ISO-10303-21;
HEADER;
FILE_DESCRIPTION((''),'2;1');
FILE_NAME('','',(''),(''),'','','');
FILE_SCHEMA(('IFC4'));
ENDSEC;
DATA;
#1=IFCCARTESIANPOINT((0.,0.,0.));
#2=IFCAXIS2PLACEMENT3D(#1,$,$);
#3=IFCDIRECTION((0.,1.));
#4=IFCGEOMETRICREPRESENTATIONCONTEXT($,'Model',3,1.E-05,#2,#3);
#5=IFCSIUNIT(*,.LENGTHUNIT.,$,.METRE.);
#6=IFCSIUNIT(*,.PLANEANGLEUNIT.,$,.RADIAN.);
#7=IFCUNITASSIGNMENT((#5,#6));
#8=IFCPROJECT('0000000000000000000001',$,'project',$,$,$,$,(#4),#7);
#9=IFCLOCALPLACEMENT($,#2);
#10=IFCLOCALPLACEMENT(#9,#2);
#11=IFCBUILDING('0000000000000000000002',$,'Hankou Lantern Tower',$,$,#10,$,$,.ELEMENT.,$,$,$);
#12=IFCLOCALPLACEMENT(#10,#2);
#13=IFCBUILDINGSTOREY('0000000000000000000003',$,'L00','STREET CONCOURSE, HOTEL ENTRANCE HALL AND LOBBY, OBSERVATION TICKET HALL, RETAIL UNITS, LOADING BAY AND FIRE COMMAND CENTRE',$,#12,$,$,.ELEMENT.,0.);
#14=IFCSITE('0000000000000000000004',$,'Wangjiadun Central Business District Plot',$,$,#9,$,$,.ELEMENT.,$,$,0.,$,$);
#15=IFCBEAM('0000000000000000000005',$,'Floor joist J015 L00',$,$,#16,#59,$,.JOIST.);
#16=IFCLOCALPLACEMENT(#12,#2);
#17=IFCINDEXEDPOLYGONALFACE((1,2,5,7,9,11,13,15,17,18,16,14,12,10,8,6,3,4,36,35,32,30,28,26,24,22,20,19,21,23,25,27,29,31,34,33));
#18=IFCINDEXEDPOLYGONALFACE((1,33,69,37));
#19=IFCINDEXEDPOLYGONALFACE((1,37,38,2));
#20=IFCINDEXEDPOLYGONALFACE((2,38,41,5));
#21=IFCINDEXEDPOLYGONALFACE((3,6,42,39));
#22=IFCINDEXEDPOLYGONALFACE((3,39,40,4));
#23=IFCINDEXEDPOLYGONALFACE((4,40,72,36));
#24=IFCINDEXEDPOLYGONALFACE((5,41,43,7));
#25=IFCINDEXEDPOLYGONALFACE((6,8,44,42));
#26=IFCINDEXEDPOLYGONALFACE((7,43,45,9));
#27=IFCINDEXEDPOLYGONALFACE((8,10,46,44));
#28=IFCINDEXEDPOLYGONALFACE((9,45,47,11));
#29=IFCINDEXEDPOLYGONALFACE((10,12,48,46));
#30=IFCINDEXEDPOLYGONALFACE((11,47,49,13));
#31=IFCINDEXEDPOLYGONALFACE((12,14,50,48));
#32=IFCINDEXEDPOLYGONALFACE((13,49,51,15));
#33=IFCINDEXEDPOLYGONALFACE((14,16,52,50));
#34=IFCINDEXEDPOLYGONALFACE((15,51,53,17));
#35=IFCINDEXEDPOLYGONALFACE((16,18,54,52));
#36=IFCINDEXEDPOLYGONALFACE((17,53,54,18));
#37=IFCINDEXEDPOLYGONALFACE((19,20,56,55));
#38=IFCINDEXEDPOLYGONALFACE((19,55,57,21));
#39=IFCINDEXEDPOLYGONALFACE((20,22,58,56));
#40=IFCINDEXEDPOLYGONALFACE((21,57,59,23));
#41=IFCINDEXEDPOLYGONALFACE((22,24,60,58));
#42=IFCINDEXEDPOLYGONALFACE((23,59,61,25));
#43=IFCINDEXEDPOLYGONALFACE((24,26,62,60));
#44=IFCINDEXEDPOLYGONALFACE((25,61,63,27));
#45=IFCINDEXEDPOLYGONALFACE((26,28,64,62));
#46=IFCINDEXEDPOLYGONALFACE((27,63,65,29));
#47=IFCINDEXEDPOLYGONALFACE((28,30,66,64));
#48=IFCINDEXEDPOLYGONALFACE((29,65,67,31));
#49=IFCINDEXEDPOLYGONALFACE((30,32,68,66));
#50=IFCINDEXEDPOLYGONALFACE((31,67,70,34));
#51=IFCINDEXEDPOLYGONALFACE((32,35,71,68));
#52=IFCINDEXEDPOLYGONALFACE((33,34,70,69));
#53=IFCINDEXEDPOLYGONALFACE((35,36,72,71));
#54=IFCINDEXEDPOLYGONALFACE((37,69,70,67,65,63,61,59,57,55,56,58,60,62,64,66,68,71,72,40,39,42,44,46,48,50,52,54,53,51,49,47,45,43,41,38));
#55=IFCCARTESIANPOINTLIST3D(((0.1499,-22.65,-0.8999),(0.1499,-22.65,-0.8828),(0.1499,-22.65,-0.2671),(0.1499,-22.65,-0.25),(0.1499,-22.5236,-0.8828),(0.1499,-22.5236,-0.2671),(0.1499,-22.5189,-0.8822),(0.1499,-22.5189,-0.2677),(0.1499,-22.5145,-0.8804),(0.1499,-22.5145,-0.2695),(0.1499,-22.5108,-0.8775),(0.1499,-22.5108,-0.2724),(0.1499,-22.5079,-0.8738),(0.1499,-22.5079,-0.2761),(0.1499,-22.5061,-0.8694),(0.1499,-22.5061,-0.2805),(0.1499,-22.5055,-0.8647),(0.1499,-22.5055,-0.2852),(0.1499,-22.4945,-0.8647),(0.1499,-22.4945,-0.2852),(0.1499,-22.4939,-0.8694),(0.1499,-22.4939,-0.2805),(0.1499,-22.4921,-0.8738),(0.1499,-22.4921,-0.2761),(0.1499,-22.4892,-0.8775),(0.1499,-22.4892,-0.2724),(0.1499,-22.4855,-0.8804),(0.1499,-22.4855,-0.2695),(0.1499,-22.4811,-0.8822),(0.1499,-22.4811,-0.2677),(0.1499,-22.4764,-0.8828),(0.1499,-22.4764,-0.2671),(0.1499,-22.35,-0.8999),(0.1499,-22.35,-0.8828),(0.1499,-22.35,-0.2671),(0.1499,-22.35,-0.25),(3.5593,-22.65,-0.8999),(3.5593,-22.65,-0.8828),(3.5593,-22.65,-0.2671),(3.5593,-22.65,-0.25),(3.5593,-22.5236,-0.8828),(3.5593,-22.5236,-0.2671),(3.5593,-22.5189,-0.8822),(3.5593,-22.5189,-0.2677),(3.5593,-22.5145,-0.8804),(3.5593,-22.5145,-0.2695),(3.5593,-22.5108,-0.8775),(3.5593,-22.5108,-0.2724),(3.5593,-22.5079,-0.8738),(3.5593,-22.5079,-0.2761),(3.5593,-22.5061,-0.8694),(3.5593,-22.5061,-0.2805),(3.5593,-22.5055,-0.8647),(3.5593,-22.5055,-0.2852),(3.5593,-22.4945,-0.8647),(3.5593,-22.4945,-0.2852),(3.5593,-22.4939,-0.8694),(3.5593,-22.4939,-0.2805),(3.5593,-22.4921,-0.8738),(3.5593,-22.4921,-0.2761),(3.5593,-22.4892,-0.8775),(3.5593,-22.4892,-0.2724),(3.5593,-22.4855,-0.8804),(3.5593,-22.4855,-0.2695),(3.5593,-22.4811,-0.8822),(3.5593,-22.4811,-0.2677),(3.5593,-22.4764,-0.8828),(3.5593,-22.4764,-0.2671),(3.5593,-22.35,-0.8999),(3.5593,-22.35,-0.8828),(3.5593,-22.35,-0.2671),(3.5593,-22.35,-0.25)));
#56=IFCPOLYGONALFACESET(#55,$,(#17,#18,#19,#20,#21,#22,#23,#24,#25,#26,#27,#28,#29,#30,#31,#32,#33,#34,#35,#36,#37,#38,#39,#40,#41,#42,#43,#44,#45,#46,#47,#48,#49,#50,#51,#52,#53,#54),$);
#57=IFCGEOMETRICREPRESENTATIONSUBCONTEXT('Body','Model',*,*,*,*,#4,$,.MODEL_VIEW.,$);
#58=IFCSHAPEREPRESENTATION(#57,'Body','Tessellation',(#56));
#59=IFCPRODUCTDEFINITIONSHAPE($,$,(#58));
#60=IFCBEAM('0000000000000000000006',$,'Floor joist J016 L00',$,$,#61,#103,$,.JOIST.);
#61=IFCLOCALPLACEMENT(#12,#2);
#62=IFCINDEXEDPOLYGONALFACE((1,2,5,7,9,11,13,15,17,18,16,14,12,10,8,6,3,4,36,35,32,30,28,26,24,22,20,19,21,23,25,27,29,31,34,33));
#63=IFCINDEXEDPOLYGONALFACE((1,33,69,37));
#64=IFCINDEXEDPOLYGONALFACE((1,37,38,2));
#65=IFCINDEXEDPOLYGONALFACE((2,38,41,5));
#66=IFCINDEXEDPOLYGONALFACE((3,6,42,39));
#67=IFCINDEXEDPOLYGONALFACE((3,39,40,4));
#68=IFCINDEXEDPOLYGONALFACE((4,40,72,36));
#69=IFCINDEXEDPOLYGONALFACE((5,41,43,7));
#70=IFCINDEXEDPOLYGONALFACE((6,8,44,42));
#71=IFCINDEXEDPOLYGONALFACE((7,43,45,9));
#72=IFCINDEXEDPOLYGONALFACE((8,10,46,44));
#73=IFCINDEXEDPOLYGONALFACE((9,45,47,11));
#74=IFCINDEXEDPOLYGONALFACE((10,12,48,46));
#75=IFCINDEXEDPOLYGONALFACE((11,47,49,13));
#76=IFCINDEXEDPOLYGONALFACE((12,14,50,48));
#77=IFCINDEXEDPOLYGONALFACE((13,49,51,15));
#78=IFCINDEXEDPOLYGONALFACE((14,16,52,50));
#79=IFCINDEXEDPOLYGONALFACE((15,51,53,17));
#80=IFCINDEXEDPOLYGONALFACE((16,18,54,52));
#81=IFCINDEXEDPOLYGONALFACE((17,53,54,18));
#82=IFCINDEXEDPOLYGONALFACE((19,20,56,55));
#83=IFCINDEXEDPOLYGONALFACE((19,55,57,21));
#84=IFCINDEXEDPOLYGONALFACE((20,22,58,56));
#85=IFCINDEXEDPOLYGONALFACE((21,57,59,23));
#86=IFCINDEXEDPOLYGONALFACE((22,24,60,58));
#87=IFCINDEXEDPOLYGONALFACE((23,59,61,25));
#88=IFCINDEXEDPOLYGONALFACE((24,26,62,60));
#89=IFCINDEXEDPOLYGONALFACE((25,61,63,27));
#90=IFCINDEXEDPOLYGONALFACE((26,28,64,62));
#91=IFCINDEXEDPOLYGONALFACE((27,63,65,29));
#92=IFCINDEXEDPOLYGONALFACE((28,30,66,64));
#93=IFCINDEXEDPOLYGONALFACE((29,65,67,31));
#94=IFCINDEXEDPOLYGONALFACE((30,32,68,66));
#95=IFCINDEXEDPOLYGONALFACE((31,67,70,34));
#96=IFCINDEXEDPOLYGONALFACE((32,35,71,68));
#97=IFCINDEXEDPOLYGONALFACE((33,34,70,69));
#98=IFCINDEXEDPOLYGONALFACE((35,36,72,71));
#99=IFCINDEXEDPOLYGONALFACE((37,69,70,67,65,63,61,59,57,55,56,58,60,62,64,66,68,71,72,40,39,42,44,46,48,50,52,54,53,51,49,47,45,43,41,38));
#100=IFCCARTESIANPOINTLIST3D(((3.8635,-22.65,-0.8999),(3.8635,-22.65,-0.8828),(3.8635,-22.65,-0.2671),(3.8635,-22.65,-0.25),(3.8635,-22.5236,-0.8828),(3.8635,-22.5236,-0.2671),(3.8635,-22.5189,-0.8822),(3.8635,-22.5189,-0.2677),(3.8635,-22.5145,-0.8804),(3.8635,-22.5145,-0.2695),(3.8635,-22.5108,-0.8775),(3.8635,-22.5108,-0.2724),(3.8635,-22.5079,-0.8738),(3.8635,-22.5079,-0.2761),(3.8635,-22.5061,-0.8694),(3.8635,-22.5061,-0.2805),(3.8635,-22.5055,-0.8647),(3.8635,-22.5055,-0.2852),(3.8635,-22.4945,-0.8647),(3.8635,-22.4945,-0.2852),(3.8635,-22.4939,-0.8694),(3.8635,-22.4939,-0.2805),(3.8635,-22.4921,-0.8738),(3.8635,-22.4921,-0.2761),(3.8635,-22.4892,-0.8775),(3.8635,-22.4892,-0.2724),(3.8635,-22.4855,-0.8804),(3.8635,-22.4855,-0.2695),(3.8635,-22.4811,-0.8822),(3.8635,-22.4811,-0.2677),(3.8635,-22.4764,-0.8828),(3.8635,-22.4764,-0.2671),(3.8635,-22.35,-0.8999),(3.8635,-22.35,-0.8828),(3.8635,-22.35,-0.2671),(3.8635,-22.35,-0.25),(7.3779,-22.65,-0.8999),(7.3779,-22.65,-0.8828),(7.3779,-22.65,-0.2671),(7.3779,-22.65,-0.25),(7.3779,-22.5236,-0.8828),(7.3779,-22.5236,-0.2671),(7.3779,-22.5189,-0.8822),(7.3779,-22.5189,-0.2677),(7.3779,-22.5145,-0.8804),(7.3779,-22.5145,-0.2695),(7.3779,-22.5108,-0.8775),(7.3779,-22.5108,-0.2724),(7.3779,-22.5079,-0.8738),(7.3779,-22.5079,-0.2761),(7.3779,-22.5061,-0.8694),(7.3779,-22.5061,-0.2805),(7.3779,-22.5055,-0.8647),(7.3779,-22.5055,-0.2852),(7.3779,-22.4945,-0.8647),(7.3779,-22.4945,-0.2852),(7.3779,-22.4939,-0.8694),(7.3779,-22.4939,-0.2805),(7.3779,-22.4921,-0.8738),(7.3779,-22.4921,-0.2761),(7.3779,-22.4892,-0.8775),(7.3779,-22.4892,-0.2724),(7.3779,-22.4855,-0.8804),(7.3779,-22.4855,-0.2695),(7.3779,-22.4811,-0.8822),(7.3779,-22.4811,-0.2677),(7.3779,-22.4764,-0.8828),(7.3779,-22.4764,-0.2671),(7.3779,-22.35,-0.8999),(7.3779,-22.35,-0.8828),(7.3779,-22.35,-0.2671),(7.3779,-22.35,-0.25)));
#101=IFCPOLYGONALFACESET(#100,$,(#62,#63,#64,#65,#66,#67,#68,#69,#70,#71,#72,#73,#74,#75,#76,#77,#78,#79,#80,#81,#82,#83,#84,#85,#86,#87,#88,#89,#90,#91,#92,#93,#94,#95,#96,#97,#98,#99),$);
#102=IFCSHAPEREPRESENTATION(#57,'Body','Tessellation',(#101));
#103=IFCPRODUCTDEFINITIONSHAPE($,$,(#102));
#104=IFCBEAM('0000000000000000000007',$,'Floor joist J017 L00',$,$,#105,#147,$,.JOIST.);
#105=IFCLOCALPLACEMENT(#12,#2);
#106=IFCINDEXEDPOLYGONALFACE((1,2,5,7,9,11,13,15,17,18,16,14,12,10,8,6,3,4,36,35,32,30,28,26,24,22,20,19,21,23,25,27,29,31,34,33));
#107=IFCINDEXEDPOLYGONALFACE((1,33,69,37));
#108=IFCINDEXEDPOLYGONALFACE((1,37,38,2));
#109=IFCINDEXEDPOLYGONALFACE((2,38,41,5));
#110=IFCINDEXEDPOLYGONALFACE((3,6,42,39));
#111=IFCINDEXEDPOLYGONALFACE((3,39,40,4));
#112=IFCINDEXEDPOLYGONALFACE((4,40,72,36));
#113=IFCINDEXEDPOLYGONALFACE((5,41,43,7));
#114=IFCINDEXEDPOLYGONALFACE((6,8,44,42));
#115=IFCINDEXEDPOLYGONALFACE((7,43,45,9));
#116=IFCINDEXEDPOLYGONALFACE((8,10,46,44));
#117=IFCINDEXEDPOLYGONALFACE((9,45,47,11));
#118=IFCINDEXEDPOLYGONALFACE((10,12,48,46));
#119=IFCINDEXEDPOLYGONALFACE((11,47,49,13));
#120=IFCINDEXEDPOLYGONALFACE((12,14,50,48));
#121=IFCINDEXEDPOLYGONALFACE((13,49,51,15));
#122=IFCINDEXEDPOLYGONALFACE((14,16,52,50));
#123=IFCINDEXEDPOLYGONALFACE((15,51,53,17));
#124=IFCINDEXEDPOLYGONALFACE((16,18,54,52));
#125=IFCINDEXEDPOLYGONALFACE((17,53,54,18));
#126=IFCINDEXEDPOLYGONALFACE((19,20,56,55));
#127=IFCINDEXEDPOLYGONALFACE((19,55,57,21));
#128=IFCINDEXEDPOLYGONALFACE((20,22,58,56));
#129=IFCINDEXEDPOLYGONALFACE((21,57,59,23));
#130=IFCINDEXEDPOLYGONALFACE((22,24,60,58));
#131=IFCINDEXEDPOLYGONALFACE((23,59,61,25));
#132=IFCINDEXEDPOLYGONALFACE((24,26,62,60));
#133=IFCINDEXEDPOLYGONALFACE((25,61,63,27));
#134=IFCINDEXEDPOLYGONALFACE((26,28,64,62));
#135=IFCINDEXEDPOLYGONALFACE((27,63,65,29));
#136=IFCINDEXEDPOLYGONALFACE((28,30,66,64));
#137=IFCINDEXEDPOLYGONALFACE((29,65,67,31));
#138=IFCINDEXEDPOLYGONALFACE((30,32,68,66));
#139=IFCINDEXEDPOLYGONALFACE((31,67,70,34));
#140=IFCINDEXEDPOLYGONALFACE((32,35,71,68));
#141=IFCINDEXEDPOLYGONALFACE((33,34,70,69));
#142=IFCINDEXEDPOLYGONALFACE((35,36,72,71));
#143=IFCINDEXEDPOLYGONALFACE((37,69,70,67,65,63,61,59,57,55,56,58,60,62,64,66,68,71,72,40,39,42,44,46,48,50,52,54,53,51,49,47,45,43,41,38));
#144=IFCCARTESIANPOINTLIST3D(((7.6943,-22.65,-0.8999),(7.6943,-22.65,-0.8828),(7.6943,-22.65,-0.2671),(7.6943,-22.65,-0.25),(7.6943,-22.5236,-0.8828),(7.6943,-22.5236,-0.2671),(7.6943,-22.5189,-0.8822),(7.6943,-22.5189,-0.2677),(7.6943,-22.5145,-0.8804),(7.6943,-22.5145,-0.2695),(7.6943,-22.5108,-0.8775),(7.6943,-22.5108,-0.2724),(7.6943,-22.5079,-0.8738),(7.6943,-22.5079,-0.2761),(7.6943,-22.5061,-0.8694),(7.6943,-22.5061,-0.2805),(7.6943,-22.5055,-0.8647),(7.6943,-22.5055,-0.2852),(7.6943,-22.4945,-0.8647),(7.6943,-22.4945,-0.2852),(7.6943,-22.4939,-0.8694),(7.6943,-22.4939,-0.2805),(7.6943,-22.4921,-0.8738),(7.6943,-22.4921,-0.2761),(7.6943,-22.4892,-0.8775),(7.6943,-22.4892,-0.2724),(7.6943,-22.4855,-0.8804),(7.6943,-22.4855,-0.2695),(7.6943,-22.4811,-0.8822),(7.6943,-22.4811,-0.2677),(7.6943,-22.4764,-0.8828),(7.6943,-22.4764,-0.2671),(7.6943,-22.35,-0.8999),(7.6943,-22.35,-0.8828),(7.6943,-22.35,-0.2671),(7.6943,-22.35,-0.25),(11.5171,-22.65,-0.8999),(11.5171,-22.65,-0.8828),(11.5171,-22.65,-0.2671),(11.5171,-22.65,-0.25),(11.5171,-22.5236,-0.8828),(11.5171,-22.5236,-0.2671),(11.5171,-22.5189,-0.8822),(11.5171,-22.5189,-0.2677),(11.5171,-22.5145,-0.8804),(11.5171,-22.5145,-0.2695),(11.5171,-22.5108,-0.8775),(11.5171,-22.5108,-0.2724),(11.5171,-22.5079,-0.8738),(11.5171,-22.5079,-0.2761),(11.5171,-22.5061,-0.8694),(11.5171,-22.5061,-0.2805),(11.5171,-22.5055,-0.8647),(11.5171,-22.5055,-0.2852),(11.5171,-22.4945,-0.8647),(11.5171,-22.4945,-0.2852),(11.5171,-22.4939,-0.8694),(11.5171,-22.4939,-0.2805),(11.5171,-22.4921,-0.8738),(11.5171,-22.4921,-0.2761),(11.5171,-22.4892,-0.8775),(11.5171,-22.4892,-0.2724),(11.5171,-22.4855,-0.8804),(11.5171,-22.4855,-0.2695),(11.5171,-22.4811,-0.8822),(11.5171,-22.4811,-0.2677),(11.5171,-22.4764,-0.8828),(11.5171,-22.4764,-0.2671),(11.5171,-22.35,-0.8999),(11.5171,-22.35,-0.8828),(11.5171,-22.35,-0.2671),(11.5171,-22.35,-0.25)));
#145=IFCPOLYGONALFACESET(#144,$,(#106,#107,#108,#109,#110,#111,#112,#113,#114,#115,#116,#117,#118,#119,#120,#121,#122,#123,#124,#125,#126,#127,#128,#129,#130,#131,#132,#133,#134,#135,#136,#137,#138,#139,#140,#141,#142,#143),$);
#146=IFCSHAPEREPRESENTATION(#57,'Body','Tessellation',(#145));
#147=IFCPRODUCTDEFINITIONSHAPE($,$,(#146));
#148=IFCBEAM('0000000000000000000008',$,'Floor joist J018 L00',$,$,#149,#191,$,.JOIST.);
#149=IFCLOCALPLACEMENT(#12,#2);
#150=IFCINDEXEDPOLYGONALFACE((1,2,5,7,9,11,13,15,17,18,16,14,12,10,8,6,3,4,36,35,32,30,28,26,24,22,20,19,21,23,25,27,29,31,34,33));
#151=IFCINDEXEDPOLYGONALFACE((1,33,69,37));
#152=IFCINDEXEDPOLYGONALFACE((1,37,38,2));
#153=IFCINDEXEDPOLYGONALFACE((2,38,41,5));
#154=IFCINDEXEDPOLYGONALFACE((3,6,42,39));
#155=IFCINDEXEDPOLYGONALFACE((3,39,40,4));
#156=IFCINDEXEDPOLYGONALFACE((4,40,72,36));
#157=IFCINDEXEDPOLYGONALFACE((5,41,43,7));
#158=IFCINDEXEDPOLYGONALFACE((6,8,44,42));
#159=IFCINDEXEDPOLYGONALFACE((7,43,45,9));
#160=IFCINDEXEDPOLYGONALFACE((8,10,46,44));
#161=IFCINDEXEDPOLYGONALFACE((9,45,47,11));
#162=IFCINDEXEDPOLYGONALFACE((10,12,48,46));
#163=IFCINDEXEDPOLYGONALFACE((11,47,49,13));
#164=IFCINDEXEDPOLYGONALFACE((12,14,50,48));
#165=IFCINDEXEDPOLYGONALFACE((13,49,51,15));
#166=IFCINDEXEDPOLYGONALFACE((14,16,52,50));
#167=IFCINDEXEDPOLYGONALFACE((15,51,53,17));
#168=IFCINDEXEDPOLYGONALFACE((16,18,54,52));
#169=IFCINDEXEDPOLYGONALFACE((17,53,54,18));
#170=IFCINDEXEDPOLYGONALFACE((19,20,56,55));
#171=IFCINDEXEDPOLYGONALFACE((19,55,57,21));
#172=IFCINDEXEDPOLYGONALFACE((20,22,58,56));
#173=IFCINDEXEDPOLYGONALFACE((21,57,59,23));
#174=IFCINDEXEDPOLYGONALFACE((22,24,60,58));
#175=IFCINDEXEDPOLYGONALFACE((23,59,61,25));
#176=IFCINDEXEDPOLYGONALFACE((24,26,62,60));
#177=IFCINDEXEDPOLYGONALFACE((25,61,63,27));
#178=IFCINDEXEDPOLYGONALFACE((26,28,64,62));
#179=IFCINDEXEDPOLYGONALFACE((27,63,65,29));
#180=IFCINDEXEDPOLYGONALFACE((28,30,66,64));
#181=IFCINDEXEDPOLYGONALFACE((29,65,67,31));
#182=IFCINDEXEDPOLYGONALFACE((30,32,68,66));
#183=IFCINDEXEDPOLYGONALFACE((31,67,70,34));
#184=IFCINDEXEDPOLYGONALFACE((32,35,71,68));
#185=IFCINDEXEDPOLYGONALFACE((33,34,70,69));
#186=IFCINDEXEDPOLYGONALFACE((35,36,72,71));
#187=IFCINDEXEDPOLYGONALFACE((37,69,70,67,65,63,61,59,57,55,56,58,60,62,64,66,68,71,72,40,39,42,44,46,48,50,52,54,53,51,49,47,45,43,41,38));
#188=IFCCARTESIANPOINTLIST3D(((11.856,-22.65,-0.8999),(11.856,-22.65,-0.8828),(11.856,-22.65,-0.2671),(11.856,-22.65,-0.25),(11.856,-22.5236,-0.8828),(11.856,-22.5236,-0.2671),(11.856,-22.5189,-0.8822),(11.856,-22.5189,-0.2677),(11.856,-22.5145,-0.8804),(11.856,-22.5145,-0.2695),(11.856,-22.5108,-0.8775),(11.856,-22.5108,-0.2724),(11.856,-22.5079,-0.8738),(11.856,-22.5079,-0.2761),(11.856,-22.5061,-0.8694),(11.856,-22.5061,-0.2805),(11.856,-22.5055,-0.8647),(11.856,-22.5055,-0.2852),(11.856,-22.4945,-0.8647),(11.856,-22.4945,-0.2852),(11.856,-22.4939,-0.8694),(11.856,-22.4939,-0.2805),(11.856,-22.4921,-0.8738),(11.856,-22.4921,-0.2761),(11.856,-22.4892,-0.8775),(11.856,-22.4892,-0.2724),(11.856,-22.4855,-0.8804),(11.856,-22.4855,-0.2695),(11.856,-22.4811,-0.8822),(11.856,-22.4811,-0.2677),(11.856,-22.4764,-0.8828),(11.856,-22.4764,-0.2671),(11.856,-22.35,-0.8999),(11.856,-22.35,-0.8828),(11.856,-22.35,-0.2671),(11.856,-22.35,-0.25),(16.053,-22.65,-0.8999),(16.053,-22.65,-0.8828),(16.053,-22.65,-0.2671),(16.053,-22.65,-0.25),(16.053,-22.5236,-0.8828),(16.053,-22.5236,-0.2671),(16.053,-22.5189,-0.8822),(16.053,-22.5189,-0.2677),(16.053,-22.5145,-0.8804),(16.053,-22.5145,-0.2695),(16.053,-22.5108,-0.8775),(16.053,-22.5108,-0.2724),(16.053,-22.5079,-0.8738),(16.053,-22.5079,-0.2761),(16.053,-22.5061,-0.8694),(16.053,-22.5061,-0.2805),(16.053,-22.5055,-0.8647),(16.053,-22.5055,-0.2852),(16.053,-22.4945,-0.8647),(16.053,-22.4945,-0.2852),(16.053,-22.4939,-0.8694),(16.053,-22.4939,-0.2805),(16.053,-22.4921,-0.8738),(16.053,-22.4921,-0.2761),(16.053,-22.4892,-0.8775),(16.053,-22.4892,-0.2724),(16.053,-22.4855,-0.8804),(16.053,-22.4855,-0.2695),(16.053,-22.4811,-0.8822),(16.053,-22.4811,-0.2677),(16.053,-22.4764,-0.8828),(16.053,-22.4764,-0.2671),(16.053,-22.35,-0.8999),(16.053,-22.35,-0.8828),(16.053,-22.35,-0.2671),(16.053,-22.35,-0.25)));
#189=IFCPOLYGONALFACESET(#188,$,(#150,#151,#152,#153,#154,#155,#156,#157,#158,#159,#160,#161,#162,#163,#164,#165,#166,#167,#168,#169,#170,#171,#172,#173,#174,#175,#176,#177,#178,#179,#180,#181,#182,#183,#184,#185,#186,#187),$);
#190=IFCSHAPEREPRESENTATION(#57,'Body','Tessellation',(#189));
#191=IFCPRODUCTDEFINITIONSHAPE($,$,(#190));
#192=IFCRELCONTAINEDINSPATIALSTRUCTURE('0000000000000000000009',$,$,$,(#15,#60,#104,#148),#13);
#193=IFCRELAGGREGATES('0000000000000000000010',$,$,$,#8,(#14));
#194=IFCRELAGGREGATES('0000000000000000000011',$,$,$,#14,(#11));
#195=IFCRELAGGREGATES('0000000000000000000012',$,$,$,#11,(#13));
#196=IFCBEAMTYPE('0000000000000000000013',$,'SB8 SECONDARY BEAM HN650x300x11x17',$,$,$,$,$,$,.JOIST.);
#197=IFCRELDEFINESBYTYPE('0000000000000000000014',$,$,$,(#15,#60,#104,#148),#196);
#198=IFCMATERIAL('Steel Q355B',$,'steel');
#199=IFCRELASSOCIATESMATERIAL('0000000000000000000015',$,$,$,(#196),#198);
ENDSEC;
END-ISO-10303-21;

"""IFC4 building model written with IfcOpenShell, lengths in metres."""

from ifc_helpers import new_model, si_unit, direction, frame, origin, origin_2d, place, context, subcontext, project, spatial, i_section, extrude, material, material_profile, profile_set, type_object, element, save


model = new_model("IFC4")

# Units and contexts
model_context = context("Model", 3, precision=1e-05, world=origin(), true_north=direction((0.0, 1.0)))
body_context = subcontext(model_context, "Body", "Model", "MODEL_VIEW")
ifc_project = project(units=[si_unit("LENGTHUNIT", "METRE"), si_unit("PLANEANGLEUNIT", "RADIAN")], contexts=[model_context])

# Site, building, storey
site_placement = place(None, origin())
site = spatial("IfcSite", under=ifc_project, at=site_placement, Name="Wangjiadun Central Business District Plot", CompositionType="ELEMENT", RefElevation=0.0)
building_placement = place(site_placement, origin())
building = spatial("IfcBuilding", under=site, at=building_placement, Name="Hankou Lantern Tower", CompositionType="ELEMENT")
storey_placement = place(building_placement, origin())
storey = spatial("IfcBuildingStorey", under=building, at=storey_placement, Name="L00", Description="STREET CONCOURSE, HOTEL ENTRANCE HALL AND LOBBY, OBSERVATION TICKET HALL, RETAIL UNITS, LOADING BAY AND FIRE COMMAND CENTRE", CompositionType="ELEMENT", Elevation=0.0)

# Beams
ifc_material_1 = material(Name="Steel Q355B", Category="steel")
ifc_material_profile_1 = material_profile(ifc_material_1, i_section(OverallWidth=0.3, OverallDepth=0.6499, WebThickness=0.011, FlangeThickness=0.0171, FilletRadius=0.0181, at=origin_2d()), Name="HN650x300x11x17")
ifc_profile_set_1 = profile_set([ifc_material_profile_1], Name="Steel Q355B")
beam_type_1 = type_object("IfcBeamType", Name="SB8 SECONDARY BEAM HN650x300x11x17", PredefinedType="JOIST", material=ifc_profile_set_1)
beam_1_placement = place(storey_placement, frame((0.1499, -22.5, -0.575), z_axis=(1.0, 0.0, 0.0), x_axis=(0.0, 1.0, 0.0)))
element("IfcBeam", 1, at=beam_1_placement, inside=storey, type_object=beam_type_1, Name="Floor joist J015 L00", PredefinedType="JOIST", context=body_context, shape_type="SweptSolid", body=[
    extrude(i_section(OverallWidth=0.3, OverallDepth=0.6499, WebThickness=0.011, FlangeThickness=0.0171, FilletRadius=0.0181, at=origin_2d()), origin(), (0.0, 0.0, 1.0), 3.4094),
])
beam_2_placement = place(storey_placement, frame((3.8635, -22.5, -0.575), z_axis=(1.0, 0.0, 0.0), x_axis=(0.0, 1.0, 0.0)))
element("IfcBeam", 2, at=beam_2_placement, inside=storey, type_object=beam_type_1, Name="Floor joist J016 L00", PredefinedType="JOIST", context=body_context, shape_type="SweptSolid", body=[
    extrude(i_section(OverallWidth=0.3, OverallDepth=0.6499, WebThickness=0.011, FlangeThickness=0.0171, FilletRadius=0.0181, at=origin_2d()), origin(), (0.0, 0.0, 1.0), 3.5144),
])
beam_3_placement = place(storey_placement, frame((7.6943, -22.5, -0.575), z_axis=(1.0, 0.0, 0.0), x_axis=(0.0, 1.0, 0.0)))
element("IfcBeam", 3, at=beam_3_placement, inside=storey, type_object=beam_type_1, Name="Floor joist J017 L00", PredefinedType="JOIST", context=body_context, shape_type="SweptSolid", body=[
    extrude(i_section(OverallWidth=0.3, OverallDepth=0.6499, WebThickness=0.011, FlangeThickness=0.0171, FilletRadius=0.0181, at=origin_2d()), origin(), (0.0, 0.0, 1.0), 3.8228),
])
beam_4_placement = place(storey_placement, frame((11.856, -22.5, -0.575), z_axis=(1.0, 0.0, 0.0), x_axis=(0.0, 1.0, 0.0)))
element("IfcBeam", 4, at=beam_4_placement, inside=storey, type_object=beam_type_1, Name="Floor joist J018 L00", PredefinedType="JOIST", context=body_context, shape_type="SweptSolid", body=[
    extrude(i_section(OverallWidth=0.3, OverallDepth=0.6499, WebThickness=0.011, FlangeThickness=0.0171, FilletRadius=0.0181, at=origin_2d()), origin(), (0.0, 0.0, 1.0), 4.197),
])

save(model, "model.ifc")
